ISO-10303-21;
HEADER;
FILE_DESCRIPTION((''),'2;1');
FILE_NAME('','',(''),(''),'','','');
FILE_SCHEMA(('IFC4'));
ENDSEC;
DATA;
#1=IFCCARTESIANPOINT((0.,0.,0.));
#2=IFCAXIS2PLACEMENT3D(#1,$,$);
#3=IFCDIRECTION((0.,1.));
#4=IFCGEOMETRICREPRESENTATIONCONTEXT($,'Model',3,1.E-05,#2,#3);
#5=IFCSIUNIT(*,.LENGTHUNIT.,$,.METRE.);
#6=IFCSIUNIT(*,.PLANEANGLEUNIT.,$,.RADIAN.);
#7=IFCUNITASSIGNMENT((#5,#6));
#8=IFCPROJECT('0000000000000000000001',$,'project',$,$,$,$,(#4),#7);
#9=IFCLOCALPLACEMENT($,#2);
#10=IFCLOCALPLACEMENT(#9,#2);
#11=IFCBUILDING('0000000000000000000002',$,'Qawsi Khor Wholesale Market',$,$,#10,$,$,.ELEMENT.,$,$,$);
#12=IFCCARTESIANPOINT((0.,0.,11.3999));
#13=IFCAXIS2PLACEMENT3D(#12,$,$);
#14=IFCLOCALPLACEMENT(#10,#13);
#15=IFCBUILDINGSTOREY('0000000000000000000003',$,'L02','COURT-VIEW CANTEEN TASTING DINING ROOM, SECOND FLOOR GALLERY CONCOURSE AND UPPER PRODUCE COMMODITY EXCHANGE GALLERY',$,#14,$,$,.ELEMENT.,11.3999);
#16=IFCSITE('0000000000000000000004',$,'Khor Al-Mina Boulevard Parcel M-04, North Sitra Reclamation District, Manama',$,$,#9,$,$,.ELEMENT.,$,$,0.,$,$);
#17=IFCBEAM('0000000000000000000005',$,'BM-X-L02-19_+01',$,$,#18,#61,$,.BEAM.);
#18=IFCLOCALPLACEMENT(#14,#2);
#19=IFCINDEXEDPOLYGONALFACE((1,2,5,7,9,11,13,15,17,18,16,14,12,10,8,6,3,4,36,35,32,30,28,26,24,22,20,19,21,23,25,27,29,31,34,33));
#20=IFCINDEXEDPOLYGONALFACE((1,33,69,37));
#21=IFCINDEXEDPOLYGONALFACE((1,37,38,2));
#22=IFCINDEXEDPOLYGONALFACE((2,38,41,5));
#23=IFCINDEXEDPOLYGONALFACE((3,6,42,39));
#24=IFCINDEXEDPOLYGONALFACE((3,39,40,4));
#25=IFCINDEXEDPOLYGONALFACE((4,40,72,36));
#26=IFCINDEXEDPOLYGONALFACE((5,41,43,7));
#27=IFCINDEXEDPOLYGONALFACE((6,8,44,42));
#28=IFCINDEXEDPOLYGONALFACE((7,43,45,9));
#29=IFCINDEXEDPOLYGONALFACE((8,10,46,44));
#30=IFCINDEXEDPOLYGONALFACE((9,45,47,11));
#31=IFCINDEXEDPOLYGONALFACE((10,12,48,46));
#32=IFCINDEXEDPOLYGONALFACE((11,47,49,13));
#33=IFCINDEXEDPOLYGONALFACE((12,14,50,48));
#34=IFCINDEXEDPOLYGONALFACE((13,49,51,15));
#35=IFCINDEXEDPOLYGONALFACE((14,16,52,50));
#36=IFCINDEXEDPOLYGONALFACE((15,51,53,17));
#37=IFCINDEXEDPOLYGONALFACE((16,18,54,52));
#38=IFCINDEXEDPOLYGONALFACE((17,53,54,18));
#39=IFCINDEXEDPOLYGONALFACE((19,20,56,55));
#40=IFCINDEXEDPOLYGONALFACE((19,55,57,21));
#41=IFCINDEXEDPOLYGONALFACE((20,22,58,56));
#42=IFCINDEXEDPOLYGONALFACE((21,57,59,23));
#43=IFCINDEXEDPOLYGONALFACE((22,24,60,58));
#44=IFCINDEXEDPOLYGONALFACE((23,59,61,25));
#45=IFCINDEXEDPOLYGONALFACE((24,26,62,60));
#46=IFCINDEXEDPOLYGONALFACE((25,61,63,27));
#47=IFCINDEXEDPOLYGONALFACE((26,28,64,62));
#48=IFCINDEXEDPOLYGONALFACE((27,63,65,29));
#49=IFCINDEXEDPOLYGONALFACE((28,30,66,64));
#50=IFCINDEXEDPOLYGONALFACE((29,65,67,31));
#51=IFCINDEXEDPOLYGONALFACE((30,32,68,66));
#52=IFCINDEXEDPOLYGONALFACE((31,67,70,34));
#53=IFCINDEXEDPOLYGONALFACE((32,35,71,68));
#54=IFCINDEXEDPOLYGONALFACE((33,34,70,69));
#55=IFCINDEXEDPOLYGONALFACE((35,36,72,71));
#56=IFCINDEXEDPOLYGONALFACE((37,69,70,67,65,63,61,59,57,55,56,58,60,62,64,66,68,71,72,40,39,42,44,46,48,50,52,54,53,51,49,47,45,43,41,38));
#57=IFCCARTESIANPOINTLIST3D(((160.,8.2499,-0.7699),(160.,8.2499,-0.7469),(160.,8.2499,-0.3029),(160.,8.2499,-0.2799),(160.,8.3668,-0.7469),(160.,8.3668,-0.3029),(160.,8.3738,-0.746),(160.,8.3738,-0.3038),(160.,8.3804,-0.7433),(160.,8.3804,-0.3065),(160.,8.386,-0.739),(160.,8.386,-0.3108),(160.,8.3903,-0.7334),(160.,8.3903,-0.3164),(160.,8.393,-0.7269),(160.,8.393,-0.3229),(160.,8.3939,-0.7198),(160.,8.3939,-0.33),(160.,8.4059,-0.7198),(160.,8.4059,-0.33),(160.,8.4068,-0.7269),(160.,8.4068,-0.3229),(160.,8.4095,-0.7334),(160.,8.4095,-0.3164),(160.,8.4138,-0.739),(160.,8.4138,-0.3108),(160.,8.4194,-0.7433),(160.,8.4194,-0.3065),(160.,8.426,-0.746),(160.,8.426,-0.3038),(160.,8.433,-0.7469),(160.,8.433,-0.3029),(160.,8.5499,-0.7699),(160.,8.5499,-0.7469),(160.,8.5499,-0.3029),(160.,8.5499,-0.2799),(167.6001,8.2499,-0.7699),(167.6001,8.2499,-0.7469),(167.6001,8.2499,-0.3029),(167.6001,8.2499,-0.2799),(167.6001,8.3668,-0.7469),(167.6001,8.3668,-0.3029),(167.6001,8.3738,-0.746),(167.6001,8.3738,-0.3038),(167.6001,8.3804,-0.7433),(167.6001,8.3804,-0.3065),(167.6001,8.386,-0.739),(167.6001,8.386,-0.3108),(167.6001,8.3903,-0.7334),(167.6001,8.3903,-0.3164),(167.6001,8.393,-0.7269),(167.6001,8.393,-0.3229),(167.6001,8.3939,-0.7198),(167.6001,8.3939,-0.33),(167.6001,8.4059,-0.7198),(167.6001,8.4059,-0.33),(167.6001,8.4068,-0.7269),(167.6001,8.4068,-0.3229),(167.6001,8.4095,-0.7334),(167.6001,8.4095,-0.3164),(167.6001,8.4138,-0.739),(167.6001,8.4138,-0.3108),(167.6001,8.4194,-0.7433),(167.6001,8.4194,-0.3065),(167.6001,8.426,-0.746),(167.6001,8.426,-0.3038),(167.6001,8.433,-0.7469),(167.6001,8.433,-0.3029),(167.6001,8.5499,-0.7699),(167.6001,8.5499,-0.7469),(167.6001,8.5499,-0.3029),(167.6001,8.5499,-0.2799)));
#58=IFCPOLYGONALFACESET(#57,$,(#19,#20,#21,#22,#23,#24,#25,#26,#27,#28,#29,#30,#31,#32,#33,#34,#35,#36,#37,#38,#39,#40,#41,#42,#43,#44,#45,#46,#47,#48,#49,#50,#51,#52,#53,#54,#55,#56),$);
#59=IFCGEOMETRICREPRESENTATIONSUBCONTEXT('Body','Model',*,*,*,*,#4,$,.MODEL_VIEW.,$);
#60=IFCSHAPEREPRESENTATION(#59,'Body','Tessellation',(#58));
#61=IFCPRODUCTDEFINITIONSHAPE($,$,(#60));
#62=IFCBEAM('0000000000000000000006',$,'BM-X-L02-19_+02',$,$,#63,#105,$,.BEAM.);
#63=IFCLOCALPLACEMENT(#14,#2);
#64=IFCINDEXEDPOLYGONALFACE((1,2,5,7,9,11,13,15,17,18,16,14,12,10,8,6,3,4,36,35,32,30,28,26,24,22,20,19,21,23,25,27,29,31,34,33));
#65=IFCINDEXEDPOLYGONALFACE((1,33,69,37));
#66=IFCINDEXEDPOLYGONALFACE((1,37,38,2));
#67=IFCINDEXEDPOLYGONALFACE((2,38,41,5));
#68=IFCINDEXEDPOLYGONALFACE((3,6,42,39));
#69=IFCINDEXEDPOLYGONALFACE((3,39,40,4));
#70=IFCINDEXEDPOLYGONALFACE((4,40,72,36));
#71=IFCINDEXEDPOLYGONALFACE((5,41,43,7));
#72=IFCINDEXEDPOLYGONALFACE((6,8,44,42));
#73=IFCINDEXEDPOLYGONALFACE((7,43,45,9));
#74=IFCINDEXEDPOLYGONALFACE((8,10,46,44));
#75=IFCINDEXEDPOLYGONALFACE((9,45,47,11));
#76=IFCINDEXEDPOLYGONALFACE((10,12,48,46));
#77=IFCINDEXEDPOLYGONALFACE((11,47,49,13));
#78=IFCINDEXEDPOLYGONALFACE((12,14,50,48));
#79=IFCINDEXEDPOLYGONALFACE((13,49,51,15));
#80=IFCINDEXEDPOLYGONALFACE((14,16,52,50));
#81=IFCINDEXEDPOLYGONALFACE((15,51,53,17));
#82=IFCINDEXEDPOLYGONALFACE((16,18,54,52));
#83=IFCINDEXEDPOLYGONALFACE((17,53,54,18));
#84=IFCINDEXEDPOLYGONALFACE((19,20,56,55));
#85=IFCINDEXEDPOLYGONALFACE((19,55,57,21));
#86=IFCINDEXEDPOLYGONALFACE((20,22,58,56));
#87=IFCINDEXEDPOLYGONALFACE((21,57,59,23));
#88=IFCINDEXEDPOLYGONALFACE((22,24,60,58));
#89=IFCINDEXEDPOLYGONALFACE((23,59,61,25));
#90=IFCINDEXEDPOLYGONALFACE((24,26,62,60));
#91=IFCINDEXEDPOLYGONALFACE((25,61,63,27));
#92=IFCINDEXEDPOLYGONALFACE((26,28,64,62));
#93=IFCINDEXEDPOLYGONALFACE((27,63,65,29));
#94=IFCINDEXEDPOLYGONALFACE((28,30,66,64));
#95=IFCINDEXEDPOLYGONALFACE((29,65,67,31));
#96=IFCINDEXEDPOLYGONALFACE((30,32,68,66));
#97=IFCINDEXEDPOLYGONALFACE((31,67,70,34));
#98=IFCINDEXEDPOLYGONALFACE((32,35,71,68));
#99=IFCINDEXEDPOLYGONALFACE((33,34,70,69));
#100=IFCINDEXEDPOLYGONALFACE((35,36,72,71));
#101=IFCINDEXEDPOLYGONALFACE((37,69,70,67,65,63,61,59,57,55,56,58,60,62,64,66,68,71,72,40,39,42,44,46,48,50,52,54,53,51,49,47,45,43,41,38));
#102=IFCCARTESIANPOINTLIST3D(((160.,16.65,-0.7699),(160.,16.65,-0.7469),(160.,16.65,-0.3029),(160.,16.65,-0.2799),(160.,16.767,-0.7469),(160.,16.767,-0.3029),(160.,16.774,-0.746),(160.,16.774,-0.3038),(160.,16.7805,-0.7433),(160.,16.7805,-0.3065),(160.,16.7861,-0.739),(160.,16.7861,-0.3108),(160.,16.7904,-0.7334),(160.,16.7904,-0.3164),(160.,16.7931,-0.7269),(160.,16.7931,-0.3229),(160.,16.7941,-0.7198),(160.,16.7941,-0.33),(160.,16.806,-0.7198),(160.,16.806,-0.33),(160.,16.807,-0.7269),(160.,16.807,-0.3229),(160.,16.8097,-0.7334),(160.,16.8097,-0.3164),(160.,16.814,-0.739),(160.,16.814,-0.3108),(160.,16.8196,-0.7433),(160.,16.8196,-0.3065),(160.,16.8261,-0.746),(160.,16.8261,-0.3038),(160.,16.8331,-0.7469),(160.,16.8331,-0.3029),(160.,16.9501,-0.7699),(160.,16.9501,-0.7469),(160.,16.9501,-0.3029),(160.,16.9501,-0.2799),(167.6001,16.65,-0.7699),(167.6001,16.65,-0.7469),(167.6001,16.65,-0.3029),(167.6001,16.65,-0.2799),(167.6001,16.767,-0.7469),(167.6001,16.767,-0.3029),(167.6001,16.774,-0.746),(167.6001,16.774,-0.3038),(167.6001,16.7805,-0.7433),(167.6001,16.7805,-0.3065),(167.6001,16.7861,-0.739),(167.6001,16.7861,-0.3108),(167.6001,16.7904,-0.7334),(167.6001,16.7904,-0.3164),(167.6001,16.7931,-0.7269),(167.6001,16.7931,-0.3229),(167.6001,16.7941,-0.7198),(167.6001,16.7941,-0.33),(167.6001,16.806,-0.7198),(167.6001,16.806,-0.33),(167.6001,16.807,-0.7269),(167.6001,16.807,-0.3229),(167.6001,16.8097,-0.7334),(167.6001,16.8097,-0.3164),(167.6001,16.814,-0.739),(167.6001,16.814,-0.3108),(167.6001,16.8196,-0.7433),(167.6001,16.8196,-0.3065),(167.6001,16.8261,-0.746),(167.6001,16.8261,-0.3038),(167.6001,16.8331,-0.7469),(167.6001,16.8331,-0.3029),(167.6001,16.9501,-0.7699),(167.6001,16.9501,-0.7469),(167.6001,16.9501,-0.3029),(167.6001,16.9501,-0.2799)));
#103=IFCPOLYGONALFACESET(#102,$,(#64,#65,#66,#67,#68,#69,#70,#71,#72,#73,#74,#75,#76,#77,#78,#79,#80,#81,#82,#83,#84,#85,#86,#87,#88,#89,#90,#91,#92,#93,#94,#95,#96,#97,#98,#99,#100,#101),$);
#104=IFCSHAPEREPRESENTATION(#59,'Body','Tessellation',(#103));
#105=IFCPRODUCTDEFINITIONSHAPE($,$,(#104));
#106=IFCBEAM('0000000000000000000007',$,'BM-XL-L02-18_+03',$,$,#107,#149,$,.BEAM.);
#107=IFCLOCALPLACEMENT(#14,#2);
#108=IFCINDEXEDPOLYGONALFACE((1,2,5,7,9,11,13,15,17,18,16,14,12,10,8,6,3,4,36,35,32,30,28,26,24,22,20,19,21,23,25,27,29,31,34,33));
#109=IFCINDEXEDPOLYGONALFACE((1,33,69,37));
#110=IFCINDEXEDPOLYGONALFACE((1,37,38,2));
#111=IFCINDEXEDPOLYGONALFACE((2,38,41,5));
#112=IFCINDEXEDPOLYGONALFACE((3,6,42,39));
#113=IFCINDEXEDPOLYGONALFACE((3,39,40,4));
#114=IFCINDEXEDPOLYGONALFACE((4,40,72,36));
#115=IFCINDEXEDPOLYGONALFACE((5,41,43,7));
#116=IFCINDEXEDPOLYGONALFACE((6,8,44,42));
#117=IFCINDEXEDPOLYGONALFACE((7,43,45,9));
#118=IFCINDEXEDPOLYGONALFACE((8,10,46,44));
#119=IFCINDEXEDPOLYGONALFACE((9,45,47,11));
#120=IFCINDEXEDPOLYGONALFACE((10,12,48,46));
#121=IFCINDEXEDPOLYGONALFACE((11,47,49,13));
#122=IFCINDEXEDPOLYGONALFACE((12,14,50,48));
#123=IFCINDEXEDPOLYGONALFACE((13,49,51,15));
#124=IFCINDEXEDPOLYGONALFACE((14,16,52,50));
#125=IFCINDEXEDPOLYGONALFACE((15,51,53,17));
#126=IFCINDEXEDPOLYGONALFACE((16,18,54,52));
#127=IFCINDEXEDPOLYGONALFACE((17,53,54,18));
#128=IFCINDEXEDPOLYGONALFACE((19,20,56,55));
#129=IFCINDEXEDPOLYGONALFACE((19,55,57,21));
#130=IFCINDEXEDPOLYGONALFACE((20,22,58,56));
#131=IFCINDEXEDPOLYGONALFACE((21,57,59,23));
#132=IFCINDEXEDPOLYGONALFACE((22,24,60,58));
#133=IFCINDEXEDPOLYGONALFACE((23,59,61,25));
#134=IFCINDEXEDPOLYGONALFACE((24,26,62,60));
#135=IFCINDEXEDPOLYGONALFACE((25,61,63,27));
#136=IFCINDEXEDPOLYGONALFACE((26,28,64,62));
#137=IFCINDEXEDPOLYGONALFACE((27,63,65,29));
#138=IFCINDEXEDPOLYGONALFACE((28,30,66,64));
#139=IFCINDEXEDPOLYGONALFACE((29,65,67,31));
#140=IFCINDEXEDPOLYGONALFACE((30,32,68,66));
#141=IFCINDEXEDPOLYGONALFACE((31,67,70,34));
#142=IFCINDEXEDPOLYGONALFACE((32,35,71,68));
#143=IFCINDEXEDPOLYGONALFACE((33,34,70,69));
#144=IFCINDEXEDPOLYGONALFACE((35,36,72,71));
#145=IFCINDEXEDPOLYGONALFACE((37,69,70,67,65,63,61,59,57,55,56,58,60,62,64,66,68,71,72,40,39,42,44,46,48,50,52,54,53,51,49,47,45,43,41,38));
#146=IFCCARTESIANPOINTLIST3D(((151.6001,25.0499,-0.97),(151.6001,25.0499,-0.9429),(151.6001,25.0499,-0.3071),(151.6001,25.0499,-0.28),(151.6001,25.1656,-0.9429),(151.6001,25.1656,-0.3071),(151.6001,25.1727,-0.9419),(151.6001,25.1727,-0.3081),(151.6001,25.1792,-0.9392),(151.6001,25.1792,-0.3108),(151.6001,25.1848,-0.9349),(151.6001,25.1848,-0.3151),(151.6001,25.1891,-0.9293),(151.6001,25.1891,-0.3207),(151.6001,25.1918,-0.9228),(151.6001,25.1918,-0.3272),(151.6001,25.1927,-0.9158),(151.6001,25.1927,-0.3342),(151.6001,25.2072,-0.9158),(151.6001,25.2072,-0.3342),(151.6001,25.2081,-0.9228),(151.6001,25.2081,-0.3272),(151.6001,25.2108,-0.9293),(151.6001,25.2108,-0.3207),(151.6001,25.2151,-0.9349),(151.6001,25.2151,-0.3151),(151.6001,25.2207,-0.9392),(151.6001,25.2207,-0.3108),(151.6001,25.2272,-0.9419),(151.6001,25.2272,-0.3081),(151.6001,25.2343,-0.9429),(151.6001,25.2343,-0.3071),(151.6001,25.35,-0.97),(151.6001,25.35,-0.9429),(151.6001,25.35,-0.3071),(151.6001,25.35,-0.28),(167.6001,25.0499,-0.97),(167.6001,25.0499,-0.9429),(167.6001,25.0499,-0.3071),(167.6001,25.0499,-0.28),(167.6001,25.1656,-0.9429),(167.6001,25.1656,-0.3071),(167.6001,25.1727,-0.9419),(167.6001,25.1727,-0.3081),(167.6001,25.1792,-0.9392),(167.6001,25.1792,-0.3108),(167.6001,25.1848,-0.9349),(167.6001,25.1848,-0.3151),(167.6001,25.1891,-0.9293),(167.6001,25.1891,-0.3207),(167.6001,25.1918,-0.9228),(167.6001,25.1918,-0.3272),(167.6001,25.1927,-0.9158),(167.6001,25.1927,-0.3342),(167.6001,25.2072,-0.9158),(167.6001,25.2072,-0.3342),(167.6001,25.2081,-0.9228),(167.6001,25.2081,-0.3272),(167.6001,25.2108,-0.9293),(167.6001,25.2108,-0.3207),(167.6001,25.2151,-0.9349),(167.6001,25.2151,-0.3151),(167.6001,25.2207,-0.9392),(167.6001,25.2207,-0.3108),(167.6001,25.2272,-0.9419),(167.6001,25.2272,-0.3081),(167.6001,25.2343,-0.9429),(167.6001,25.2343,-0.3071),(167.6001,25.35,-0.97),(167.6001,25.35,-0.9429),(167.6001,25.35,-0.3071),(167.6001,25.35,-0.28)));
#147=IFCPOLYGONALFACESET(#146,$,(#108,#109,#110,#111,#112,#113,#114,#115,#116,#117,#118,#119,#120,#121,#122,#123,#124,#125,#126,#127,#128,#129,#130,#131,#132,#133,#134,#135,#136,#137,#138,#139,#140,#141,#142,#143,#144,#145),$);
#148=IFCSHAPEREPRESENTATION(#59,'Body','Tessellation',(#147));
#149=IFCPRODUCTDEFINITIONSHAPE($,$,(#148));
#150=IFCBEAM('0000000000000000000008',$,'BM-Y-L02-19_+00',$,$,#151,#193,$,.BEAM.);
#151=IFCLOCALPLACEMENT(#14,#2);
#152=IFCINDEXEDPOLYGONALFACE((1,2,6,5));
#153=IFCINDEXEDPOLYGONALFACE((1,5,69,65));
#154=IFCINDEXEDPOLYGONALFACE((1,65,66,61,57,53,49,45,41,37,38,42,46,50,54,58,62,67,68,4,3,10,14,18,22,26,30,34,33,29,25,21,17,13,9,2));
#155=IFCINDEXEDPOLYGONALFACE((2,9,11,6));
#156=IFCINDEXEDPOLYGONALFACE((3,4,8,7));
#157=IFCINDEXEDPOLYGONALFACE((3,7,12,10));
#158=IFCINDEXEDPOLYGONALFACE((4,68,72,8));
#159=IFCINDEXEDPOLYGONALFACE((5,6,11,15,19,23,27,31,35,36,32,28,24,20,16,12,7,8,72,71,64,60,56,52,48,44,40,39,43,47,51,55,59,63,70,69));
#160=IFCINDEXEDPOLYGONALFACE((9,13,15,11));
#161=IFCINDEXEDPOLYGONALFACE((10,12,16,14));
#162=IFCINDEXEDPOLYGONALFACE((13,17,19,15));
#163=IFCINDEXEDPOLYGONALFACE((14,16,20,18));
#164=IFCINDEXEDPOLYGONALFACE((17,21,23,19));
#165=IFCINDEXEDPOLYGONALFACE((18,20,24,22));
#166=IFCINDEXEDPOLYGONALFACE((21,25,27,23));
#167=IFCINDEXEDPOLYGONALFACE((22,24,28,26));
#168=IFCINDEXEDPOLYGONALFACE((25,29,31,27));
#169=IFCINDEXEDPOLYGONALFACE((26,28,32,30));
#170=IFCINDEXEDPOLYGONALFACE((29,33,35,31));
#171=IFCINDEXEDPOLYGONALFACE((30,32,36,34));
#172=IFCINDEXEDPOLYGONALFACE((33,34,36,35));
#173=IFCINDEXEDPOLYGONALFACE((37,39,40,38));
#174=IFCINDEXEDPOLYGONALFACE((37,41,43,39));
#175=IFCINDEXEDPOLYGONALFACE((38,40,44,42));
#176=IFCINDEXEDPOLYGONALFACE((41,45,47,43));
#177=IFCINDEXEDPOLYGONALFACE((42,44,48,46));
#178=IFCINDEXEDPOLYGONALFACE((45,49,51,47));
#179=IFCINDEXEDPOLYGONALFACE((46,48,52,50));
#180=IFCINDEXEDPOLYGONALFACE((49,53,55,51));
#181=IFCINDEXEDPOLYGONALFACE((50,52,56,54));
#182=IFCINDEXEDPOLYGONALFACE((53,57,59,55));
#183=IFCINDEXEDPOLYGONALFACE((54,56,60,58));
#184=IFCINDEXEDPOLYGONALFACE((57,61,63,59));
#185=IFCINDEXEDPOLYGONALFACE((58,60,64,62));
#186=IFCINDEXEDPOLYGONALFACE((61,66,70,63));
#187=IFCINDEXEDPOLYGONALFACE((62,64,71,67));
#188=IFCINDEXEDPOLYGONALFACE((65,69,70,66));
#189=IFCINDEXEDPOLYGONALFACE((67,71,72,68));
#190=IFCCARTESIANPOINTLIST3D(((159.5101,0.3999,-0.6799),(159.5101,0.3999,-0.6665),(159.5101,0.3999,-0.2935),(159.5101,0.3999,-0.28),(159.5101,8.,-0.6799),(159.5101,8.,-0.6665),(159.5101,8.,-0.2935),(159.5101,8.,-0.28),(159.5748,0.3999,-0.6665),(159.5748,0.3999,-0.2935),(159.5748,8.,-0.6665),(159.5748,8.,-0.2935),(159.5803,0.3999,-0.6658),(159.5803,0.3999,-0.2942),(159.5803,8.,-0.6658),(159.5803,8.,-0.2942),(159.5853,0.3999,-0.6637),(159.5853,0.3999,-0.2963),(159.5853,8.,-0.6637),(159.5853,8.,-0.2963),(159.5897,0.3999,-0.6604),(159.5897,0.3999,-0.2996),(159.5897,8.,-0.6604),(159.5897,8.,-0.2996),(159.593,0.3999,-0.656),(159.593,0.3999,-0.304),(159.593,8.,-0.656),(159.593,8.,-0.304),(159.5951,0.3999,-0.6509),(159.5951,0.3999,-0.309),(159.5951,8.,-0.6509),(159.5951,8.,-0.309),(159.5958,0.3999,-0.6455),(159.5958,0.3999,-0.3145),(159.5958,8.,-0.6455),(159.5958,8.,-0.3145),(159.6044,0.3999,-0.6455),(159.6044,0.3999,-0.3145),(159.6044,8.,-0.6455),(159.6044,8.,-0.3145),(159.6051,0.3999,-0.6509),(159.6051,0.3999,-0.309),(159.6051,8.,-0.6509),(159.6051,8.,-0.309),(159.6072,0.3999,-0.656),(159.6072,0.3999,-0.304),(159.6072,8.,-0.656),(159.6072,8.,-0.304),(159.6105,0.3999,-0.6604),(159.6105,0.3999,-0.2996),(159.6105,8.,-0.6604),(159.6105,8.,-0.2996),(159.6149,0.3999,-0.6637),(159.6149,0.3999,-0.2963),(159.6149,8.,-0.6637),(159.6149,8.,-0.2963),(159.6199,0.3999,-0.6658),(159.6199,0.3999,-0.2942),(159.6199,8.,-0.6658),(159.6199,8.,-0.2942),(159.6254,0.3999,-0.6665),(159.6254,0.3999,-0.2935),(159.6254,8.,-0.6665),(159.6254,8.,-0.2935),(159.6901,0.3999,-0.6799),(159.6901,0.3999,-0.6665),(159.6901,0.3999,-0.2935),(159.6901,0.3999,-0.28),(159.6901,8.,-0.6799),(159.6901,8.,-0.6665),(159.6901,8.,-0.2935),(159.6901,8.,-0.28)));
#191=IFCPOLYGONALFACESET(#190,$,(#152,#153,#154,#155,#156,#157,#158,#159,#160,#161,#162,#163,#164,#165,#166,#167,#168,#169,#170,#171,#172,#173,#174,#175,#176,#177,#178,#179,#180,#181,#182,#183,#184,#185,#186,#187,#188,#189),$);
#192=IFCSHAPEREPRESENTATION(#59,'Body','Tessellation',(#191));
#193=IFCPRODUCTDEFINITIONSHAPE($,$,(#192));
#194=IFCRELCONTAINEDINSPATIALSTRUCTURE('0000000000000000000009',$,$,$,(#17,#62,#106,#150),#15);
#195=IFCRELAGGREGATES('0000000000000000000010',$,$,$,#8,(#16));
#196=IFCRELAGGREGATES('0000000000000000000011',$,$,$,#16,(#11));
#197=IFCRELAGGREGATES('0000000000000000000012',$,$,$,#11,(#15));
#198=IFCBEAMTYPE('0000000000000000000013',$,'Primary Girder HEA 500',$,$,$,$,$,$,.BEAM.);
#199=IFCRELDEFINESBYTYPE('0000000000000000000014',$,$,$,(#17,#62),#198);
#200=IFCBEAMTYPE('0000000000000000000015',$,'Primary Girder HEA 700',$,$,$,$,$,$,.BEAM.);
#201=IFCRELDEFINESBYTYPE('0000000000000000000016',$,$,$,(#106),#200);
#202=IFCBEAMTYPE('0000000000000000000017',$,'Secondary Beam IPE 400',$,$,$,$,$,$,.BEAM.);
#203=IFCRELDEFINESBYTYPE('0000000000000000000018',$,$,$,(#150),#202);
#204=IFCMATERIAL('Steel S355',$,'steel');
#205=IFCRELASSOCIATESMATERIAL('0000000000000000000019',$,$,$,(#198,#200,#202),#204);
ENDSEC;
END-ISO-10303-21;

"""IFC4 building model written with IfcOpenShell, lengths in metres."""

from ifc_helpers import new_model, si_unit, direction, frame, origin, origin_2d, place, context, subcontext, project, spatial, i_section, extrude, material, material_profile, profile_set, type_object, element, save


model = new_model("IFC4")

# Units and contexts
model_context = context("Model", 3, precision=1e-05, world=origin(), true_north=direction((0.0, 1.0)))
body_context = subcontext(model_context, "Body", "Model", "MODEL_VIEW")
ifc_project = project(units=[si_unit("LENGTHUNIT", "METRE"), si_unit("PLANEANGLEUNIT", "RADIAN")], contexts=[model_context])

# Site, building, storey
site_placement = place(None, origin())
site = spatial("IfcSite", under=ifc_project, at=site_placement, Name="Khor Al-Mina Boulevard Parcel M-04, North Sitra Reclamation District, Manama", CompositionType="ELEMENT", RefElevation=0.0)
building_placement = place(site_placement, origin())
building = spatial("IfcBuilding", under=site, at=building_placement, Name="Qawsi Khor Wholesale Market", CompositionType="ELEMENT")
storey_placement = place(building_placement, frame((0.0, 0.0, 11.3999)))
storey = spatial("IfcBuildingStorey", under=building, at=storey_placement, Name="L02", Description="COURT-VIEW CANTEEN TASTING DINING ROOM, SECOND FLOOR GALLERY CONCOURSE AND UPPER PRODUCE COMMODITY EXCHANGE GALLERY", CompositionType="ELEMENT", Elevation=11.3999)

# Beams
ifc_material_1 = material(Name="Steel S355", Category="steel")
ifc_material_profile_1 = material_profile(ifc_material_1, i_section(OverallWidth=0.3, OverallDepth=0.49, WebThickness=0.012, FlangeThickness=0.0229, FilletRadius=0.0271, at=origin_2d()), Name="HEA 500")
ifc_profile_set_1 = profile_set([ifc_material_profile_1], Name="Steel S355")
beam_type_1 = type_object("IfcBeamType", Name="Primary Girder HEA 500", PredefinedType="BEAM", material=ifc_profile_set_1)
for number, where, z_axis, x_axis, name in (
    (1, (160.0, 8.3999, -0.5249), (1.0, 0.0, 0.0), (0.0, 1.0, 0.0), "BM-X-L02-19_+01"),
    (2, (160.0, 16.8, -0.5249), (1.0, 0.0, 0.0), (0.0, 1.0, 0.0), "BM-X-L02-19_+02"),
):
    element("IfcBeam", number, at=place(storey_placement, frame(where, z_axis=z_axis, x_axis=x_axis)), inside=storey, type_object=beam_type_1, Name=name, PredefinedType="BEAM", context=body_context, shape_type="SweptSolid", body=[
        extrude(i_section(OverallWidth=0.3, OverallDepth=0.49, WebThickness=0.012, FlangeThickness=0.0229, FilletRadius=0.0271, at=origin_2d()), origin(), (0.0, 0.0, 1.0), 7.6001),
    ])
ifc_material_profile_2 = material_profile(ifc_material_1, i_section(OverallWidth=0.3, OverallDepth=0.6899, WebThickness=0.0144, FlangeThickness=0.0271, FilletRadius=0.0271, at=origin_2d()), Name="HEA 700")
ifc_profile_set_2 = profile_set([ifc_material_profile_2], Name="Steel S355")
beam_type_2 = type_object("IfcBeamType", Name="Primary Girder HEA 700", PredefinedType="BEAM", material=ifc_profile_set_2)
beam_1_placement = place(storey_placement, frame((151.6001, 25.2, -0.625), z_axis=(1.0, 0.0, 0.0), x_axis=(0.0, 1.0, 0.0)))
element("IfcBeam", 3, at=beam_1_placement, inside=storey, type_object=beam_type_2, Name="BM-XL-L02-18_+03", PredefinedType="BEAM", context=body_context, shape_type="SweptSolid", body=[
    extrude(i_section(OverallWidth=0.3, OverallDepth=0.6899, WebThickness=0.0144, FlangeThickness=0.0271, FilletRadius=0.0271, at=origin_2d()), origin(), (0.0, 0.0, 1.0), 16.0),
])
ifc_material_profile_3 = material_profile(ifc_material_1, i_section(OverallWidth=0.1799, OverallDepth=0.3999, WebThickness=0.0085, FlangeThickness=0.0134, FilletRadius=0.021, at=origin_2d()), Name="IPE 400")
ifc_profile_set_3 = profile_set([ifc_material_profile_3], Name="Steel S355")
beam_type_3 = type_object("IfcBeamType", Name="Secondary Beam IPE 400", PredefinedType="BEAM", material=ifc_profile_set_3)
beam_2_placement = place(storey_placement, frame((159.6001, 0.3999, -0.48), z_axis=(0.0, 1.0, 0.0), x_axis=(-1.0, 0.0, 0.0)))
element("IfcBeam", 4, at=beam_2_placement, inside=storey, type_object=beam_type_3, Name="BM-Y-L02-19_+00", PredefinedType="BEAM", context=body_context, shape_type="SweptSolid", body=[
    extrude(i_section(OverallWidth=0.1799, OverallDepth=0.3999, WebThickness=0.0085, FlangeThickness=0.0134, FilletRadius=0.021, at=origin_2d()), origin(), (0.0, 0.0, 1.0), 7.6001),
])

save(model, "model.ifc")
